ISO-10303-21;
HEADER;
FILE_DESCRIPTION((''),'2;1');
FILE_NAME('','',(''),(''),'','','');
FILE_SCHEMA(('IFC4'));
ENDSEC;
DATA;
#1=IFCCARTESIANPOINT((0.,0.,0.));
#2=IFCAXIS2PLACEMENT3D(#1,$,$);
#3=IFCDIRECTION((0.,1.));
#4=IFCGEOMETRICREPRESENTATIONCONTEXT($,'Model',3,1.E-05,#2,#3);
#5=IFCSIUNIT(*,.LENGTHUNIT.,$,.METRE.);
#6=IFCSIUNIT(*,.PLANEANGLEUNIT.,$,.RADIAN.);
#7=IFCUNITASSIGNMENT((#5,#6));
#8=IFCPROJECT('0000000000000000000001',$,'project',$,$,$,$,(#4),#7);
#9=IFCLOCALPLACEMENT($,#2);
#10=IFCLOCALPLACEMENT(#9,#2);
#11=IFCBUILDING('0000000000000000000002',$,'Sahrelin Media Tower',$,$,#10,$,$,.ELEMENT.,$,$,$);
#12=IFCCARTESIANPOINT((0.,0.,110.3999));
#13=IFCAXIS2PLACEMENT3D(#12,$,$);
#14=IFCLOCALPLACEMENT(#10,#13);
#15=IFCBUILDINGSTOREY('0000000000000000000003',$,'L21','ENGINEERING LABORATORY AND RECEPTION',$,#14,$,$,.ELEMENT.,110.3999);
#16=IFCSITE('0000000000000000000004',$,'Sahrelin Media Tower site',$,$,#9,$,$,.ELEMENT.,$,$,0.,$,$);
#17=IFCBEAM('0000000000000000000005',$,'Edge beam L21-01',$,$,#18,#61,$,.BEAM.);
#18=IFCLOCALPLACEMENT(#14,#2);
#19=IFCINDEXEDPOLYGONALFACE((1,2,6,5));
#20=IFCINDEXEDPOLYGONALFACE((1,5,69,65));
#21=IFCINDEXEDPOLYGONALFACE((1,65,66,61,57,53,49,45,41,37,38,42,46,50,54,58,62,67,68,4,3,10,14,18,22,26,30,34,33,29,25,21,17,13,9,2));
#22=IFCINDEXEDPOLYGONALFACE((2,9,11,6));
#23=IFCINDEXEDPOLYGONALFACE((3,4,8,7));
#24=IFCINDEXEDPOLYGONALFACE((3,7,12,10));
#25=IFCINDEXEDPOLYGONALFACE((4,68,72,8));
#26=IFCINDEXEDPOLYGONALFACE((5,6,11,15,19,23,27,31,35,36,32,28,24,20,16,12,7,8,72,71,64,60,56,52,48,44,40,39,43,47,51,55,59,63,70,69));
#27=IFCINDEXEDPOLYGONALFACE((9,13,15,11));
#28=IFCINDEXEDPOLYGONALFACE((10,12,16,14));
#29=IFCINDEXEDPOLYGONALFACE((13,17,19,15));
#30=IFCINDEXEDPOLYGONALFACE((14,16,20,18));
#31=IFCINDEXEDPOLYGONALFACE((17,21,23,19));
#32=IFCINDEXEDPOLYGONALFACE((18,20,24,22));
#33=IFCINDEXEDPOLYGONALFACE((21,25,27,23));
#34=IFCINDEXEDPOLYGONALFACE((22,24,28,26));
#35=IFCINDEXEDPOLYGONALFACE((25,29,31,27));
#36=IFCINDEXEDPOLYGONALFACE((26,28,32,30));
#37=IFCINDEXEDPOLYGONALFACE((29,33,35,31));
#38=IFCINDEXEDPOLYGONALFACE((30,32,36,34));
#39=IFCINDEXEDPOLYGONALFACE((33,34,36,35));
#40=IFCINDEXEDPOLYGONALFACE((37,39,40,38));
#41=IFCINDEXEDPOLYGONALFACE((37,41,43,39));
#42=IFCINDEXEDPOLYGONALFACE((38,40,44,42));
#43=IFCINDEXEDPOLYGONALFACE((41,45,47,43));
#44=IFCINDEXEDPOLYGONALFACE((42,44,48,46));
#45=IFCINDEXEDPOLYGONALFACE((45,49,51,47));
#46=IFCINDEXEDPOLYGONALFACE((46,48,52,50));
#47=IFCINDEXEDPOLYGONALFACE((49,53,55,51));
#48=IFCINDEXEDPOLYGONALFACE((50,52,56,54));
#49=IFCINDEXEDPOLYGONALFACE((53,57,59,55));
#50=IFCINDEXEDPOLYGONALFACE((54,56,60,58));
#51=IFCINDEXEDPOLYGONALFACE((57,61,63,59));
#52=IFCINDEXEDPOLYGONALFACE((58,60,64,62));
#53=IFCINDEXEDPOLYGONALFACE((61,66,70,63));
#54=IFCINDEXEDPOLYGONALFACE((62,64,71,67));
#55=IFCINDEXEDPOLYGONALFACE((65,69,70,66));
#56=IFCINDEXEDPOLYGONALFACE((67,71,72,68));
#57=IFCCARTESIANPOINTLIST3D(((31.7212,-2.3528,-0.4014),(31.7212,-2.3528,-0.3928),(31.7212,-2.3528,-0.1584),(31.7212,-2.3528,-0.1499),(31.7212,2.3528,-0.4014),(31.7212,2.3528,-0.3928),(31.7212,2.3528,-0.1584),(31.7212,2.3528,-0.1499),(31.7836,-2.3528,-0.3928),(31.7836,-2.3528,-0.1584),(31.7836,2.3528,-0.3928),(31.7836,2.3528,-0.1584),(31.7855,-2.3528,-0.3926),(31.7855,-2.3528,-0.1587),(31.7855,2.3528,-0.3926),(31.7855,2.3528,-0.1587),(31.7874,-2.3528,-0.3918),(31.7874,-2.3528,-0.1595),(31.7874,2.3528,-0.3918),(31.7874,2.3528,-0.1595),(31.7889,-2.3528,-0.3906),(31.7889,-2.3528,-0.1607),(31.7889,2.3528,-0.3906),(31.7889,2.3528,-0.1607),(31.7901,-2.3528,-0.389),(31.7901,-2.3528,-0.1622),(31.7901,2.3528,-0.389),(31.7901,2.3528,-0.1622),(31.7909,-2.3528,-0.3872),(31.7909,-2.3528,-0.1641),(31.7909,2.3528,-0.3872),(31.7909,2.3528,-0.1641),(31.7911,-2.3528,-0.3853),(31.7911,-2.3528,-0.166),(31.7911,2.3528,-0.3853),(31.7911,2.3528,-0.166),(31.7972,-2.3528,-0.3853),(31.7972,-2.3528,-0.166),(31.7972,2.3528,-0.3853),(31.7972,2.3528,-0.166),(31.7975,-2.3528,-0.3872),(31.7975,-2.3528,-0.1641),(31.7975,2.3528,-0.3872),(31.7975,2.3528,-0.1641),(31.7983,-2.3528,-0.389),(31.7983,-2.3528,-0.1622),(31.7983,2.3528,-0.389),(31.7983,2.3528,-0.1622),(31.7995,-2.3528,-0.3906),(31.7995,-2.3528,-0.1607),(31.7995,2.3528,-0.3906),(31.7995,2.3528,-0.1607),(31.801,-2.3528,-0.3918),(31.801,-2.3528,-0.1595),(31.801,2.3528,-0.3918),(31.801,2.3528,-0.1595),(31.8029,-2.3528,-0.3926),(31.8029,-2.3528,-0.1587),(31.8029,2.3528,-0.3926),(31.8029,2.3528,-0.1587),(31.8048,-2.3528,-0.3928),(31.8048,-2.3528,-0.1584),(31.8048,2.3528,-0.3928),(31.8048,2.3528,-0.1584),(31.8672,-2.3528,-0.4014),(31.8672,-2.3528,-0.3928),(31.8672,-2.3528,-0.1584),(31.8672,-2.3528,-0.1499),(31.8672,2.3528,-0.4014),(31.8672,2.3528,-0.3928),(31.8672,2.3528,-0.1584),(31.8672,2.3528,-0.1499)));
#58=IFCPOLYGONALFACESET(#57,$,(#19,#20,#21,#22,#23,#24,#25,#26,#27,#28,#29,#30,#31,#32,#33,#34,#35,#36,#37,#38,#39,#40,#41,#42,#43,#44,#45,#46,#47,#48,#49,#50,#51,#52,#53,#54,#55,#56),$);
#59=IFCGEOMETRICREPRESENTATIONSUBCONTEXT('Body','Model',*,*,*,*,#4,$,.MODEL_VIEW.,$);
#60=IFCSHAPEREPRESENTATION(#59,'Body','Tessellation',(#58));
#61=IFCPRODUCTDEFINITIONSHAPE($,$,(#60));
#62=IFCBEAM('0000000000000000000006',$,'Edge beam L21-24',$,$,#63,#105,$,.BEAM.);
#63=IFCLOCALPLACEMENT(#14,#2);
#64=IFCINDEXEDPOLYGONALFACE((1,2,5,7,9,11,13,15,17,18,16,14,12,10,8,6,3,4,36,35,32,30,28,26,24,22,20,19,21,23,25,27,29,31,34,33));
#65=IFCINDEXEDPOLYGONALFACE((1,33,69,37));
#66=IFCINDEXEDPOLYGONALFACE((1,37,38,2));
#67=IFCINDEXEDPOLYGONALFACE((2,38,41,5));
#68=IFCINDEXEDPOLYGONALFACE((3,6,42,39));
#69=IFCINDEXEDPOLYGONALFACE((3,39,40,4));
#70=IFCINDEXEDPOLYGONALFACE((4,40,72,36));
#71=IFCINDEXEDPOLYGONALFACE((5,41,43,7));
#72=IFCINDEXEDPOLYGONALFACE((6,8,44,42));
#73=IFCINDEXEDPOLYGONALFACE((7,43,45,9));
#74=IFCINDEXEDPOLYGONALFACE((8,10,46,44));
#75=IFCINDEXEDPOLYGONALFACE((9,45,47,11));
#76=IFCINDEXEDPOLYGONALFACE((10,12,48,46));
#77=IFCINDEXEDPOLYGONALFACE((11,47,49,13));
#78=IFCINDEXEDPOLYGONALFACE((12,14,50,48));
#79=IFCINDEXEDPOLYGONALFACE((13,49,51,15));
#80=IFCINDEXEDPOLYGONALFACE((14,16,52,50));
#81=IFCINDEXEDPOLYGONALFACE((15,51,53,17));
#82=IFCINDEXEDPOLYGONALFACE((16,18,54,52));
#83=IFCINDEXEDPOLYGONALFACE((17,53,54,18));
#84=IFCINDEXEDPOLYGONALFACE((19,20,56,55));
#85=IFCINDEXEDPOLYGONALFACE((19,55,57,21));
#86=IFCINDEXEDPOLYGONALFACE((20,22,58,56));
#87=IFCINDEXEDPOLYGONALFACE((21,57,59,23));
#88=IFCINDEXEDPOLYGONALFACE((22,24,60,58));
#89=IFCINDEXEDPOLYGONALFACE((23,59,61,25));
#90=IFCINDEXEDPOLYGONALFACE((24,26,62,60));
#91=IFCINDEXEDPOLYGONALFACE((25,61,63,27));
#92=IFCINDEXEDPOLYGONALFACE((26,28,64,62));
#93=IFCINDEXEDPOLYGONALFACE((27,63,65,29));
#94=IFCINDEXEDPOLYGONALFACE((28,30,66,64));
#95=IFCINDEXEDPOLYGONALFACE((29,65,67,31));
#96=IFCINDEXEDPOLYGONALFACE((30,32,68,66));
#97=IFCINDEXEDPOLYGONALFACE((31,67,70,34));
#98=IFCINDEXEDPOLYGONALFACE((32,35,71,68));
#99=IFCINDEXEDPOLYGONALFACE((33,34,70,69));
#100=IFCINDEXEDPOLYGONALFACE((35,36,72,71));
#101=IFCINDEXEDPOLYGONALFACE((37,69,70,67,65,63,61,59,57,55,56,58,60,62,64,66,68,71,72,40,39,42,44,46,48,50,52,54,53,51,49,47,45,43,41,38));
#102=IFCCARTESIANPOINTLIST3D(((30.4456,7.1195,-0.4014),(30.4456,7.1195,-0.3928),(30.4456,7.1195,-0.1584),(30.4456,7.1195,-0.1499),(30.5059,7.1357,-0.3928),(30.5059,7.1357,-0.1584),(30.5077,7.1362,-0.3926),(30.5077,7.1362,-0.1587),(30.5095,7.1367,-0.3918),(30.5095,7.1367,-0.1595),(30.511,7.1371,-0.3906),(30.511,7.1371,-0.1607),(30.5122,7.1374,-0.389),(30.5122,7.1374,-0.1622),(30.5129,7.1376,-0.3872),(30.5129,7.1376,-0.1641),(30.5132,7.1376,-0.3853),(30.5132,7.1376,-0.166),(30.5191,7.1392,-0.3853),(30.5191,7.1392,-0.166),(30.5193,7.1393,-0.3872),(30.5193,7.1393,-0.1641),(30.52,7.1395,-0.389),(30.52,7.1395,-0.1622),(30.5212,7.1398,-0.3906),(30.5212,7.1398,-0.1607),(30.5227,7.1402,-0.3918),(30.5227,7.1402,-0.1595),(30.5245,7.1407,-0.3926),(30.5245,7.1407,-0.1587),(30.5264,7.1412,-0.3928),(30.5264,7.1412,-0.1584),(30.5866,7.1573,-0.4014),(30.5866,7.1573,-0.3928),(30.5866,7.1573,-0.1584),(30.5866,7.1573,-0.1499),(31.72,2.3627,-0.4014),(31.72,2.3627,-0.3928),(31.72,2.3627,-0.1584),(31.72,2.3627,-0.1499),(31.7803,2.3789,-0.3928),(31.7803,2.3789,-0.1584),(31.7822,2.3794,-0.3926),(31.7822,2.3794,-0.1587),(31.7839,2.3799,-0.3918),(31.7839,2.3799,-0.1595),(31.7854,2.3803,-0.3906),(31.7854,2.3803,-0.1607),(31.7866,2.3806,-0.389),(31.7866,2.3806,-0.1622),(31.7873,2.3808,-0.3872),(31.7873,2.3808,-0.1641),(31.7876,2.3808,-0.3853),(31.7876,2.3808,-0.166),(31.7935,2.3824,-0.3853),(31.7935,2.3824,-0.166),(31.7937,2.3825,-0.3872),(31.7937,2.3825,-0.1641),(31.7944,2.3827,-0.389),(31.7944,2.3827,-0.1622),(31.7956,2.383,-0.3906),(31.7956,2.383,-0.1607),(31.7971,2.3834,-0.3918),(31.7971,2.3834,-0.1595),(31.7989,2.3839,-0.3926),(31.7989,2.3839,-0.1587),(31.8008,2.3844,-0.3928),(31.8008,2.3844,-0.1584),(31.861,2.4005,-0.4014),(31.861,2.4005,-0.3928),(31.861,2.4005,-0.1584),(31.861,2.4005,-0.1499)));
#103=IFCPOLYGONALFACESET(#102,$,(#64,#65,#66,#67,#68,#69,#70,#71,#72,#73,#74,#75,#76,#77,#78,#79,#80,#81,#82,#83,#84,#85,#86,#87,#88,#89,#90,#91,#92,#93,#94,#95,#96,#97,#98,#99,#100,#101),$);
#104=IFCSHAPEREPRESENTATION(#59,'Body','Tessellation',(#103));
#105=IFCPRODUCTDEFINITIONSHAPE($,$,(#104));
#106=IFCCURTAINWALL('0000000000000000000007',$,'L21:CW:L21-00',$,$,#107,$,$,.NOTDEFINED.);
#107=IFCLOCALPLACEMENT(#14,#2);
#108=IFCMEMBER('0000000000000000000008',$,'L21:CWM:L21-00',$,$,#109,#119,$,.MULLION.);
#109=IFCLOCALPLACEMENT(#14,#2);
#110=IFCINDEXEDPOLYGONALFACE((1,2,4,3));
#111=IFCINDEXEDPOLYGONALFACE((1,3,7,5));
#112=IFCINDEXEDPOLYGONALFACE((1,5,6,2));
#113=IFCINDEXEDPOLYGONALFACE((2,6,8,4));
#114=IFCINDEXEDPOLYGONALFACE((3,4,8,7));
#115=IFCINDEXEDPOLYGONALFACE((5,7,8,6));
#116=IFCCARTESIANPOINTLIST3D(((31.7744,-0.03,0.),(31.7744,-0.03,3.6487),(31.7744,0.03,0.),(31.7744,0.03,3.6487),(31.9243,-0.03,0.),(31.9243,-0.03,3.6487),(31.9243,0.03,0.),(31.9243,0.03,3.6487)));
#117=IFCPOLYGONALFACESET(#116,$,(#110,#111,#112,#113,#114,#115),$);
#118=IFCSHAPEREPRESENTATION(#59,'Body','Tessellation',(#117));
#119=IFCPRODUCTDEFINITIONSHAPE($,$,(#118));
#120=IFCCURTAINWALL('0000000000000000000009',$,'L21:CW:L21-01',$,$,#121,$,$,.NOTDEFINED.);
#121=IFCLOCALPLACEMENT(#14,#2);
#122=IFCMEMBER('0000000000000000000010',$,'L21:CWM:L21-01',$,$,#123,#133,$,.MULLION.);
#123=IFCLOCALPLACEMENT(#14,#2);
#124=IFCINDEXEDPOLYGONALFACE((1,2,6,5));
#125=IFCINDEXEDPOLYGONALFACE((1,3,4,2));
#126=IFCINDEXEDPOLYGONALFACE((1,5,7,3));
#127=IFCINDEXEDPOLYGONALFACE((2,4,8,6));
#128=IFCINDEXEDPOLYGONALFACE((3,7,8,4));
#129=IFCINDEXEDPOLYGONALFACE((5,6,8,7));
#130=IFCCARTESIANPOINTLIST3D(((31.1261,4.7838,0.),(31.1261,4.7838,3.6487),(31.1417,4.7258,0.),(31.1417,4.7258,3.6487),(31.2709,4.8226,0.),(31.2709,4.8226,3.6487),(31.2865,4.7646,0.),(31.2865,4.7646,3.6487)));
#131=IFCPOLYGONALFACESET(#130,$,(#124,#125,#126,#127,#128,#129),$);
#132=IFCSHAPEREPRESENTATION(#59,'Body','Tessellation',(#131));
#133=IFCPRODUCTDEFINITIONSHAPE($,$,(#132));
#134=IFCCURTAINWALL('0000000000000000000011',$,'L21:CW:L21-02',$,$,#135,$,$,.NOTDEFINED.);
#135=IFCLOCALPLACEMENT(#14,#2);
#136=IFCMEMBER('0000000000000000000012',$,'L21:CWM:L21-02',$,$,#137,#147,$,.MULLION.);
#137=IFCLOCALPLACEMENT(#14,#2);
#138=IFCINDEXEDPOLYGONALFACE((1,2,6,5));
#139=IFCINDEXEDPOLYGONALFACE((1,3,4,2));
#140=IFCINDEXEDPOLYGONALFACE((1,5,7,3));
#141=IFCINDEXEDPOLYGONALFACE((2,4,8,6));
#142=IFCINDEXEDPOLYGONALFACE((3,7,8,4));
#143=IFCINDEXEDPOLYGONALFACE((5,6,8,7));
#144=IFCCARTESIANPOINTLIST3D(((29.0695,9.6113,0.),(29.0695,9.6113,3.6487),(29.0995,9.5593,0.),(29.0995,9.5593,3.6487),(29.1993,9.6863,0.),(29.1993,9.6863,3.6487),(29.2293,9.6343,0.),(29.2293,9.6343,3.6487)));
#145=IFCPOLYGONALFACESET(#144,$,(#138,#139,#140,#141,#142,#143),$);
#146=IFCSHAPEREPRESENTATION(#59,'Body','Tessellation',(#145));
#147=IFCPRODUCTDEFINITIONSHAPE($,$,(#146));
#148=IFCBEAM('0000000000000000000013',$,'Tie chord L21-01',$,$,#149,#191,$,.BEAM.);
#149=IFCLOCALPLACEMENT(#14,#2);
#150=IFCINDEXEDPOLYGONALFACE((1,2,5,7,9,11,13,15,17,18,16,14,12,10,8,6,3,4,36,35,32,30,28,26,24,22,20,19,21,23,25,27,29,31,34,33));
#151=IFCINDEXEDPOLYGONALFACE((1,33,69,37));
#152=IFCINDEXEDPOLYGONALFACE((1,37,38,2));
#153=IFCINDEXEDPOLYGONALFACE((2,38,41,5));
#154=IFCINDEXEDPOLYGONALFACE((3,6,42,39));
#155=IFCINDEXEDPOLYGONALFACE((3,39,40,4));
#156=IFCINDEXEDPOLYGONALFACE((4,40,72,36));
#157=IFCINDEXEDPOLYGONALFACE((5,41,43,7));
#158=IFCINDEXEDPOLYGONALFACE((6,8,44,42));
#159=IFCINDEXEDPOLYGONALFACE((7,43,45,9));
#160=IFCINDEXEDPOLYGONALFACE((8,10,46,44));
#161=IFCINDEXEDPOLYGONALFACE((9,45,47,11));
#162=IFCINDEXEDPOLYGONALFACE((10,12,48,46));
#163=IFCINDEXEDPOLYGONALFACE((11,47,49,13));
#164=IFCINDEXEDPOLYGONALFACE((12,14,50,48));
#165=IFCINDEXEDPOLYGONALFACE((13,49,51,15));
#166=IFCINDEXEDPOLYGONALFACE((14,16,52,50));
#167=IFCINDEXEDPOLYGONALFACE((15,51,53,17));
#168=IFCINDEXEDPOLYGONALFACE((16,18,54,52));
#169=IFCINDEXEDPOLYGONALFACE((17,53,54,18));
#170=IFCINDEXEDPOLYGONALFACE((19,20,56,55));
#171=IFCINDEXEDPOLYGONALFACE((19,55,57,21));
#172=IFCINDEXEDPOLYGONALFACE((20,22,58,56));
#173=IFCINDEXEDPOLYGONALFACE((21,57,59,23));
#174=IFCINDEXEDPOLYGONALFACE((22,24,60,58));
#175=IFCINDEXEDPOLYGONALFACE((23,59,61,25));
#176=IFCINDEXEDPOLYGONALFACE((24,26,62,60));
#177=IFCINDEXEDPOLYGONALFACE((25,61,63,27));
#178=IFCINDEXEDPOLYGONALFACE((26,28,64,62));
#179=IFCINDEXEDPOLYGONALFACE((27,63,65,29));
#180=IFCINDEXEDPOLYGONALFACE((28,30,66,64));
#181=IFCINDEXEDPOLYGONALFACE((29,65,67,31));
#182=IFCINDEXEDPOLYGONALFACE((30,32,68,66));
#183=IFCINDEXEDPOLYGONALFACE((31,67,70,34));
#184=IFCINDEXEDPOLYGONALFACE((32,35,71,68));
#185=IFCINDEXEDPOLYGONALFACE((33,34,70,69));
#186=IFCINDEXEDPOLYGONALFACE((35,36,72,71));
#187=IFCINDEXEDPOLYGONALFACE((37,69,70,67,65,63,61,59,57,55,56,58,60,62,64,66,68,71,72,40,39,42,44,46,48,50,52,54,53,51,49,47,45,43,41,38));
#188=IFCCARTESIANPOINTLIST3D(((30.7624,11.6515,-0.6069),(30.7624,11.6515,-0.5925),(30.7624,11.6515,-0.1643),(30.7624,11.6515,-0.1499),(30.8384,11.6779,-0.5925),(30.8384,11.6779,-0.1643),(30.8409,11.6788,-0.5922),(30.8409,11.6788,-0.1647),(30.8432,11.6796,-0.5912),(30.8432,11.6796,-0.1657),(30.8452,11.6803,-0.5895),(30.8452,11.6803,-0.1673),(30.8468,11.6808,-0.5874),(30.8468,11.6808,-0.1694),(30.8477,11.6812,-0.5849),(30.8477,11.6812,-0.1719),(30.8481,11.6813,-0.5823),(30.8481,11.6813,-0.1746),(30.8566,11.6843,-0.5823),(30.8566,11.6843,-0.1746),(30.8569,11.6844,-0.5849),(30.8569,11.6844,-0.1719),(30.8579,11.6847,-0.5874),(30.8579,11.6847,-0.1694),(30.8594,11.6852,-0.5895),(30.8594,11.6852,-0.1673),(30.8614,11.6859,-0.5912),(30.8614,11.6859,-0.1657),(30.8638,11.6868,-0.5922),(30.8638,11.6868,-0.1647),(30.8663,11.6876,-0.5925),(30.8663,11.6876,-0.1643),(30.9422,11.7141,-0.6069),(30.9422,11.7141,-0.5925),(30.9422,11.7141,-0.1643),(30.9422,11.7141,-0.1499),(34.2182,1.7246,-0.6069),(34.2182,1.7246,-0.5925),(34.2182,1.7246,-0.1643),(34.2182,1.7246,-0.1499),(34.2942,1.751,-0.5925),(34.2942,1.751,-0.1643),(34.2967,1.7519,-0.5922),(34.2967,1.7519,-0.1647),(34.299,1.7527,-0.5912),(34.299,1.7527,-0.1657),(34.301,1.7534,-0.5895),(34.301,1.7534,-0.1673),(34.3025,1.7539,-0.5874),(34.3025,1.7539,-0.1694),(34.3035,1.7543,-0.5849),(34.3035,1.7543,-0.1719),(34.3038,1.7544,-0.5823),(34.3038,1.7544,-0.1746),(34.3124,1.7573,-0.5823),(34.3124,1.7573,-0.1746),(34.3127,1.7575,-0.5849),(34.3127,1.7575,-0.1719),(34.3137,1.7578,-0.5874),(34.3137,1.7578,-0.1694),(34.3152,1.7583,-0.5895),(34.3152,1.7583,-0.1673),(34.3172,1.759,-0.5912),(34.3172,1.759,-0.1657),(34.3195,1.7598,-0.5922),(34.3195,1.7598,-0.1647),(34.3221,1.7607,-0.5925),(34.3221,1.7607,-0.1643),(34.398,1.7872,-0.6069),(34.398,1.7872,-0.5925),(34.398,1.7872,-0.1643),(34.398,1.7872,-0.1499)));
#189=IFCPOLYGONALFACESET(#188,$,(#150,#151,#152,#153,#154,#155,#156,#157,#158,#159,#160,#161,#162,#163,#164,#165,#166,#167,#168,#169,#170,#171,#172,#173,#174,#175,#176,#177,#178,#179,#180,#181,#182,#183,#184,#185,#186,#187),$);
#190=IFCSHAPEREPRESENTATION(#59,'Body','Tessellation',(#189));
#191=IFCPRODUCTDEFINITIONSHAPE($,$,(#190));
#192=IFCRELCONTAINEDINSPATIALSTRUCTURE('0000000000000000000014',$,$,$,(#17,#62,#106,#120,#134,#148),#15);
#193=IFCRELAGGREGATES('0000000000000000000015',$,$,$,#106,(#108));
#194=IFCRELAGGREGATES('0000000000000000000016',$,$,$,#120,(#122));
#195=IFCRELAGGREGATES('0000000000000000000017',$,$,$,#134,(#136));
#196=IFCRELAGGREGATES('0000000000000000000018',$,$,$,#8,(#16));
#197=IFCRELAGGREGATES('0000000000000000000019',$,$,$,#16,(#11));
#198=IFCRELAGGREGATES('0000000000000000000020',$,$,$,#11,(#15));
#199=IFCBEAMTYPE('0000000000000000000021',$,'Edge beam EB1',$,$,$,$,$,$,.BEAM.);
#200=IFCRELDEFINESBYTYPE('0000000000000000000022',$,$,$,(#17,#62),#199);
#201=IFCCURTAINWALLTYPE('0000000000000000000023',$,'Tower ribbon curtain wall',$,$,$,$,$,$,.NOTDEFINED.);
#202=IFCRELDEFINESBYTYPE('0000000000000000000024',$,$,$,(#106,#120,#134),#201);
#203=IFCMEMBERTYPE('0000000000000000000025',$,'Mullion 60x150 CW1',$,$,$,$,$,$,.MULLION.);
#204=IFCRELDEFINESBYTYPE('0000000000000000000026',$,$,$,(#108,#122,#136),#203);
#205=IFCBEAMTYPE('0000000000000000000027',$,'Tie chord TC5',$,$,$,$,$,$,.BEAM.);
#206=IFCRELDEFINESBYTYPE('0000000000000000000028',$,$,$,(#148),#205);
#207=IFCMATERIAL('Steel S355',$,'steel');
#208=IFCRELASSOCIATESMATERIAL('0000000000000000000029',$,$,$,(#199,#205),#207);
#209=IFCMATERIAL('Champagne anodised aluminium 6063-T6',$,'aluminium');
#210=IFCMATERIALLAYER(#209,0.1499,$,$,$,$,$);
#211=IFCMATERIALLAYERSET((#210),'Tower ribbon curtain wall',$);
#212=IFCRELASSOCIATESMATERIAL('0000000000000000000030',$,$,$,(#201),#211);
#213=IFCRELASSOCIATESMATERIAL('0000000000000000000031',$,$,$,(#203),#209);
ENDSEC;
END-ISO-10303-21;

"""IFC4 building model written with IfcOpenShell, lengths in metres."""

from ifc_helpers import new_model, si_unit, direction, frame, origin, origin_2d, place, context, subcontext, project, spatial, rectangle, i_section, extrude, material, layer, layer_set, material_profile, profile_set, type_object, element, aggregate, save


model = new_model("IFC4")

# Units and contexts
model_context = context("Model", 3, precision=1e-05, world=origin(), true_north=direction((0.0, 1.0)))
body_context = subcontext(model_context, "Body", "Model", "MODEL_VIEW")
ifc_project = project(units=[si_unit("LENGTHUNIT", "METRE"), si_unit("PLANEANGLEUNIT", "RADIAN")], contexts=[model_context])

# Site, building, storey
site_placement = place(None, origin())
site = spatial("IfcSite", under=ifc_project, at=site_placement, Name="Sahrelin Media Tower site", CompositionType="ELEMENT", RefElevation=0.0)
building_placement = place(site_placement, origin())
building = spatial("IfcBuilding", under=site, at=building_placement, Name="Sahrelin Media Tower", CompositionType="ELEMENT")
storey_placement = place(building_placement, frame((0.0, 0.0, 110.3999)))
storey = spatial("IfcBuildingStorey", under=building, at=storey_placement, Name="L21", Description="ENGINEERING LABORATORY AND RECEPTION", CompositionType="ELEMENT", Elevation=110.3999)

# Beams
ifc_material_1 = material(Name="Steel S355", Category="steel")
ifc_material_profile_1 = material_profile(ifc_material_1, i_section(OverallWidth=0.146, OverallDepth=0.2515, WebThickness=0.0061, FlangeThickness=0.0085, FilletRadius=0.0076, at=origin_2d()), Name="UB 254x146x31")
ifc_profile_set_1 = profile_set([ifc_material_profile_1], Name="Steel S355")
beam_type_1 = type_object("IfcBeamType", Name="Edge beam EB1", PredefinedType="BEAM", material=ifc_profile_set_1)
beam_1_placement = place(storey_placement, frame((31.7942, 2.3528, -0.2756), z_axis=(0.0, -1.0, 0.0), x_axis=(1.0, 0.0, 0.0)))
element("IfcBeam", 1, at=beam_1_placement, inside=storey, type_object=beam_type_1, Name="Edge beam L21-01", PredefinedType="BEAM", context=body_context, shape_type="SweptSolid", body=[
    extrude(i_section(OverallWidth=0.146, OverallDepth=0.2515, WebThickness=0.0061, FlangeThickness=0.0085, FilletRadius=0.0076, at=origin_2d()), origin(), (0.0, 0.0, 1.0), 4.7056),
])
beam_2_placement = place(storey_placement, frame((30.5161, 7.1384, -0.2756), z_axis=(0.258786, -0.965935, 0.0), x_axis=(0.965935, 0.258786, 0.0)))
element("IfcBeam", 2, at=beam_2_placement, inside=storey, type_object=beam_type_1, Name="Edge beam L21-24", PredefinedType="BEAM", context=body_context, shape_type="SweptSolid", body=[
    extrude(i_section(OverallWidth=0.146, OverallDepth=0.2515, WebThickness=0.0061, FlangeThickness=0.0085, FilletRadius=0.0076, at=origin_2d()), origin(), (0.0, 0.0, 1.0), 4.9246),
])

# Curtain walls, members
ifc_material_2 = material(Name="Champagne anodised aluminium 6063-T6", Category="aluminium")
ifc_layer_1 = layer(ifc_material_2, 0.1499)
ifc_layer_set_1 = layer_set([ifc_layer_1], Name="Tower ribbon curtain wall")
curtain_wall_type = type_object("IfcCurtainWallType", Name="Tower ribbon curtain wall", PredefinedType="NOTDEFINED", material=ifc_layer_set_1)
curtain_wall_1_placement = place(storey_placement, frame((31.9443, 0.0, 0.0), z_axis=(0.0, 0.0, 1.0), x_axis=(1.0, 0.0, 0.0)))
curtain_wall_1 = element("IfcCurtainWall", 3, at=curtain_wall_1_placement, inside=storey, type_object=curtain_wall_type, Name="L21:CW:L21-00", PredefinedType="NOTDEFINED")
ifc_material_profile_2 = material_profile(ifc_material_2, rectangle(XDim=0.0601, YDim=0.1499, at=origin_2d()), Name="Mullion 60x150")
ifc_profile_set_2 = profile_set([ifc_material_profile_2], Name="Champagne anodised aluminium 6063-T6")
member_type_1 = type_object("IfcMemberType", Name="Mullion 60x150 CW1", PredefinedType="MULLION", material=ifc_profile_set_2)
member_1_placement = place(storey_placement, frame((31.8494, 0.0, 0.0), z_axis=(0.0, 0.0, 1.0), x_axis=(0.0, 1.0, 0.0)))
member_1 = element("IfcMember", 4, at=member_1_placement, type_object=member_type_1, Name="L21:CWM:L21-00", PredefinedType="MULLION", context=body_context, shape_type="SweptSolid", body=[
    extrude(rectangle(XDim=0.0601, YDim=0.1499, at=origin_2d()), origin(), (0.0, 0.0, 1.0), 3.6487),
])
aggregate(curtain_wall_1, [member_1])
curtain_wall_2_placement = place(storey_placement, frame((31.2981, 4.7988, 0.0), z_axis=(0.0, 0.0, 1.0), x_axis=(1.0, 0.0, 0.0)))
curtain_wall_2 = element("IfcCurtainWall", 5, at=curtain_wall_2_placement, inside=storey, type_object=curtain_wall_type, Name="L21:CW:L21-01", PredefinedType="NOTDEFINED")
member_2_placement = place(storey_placement, frame((31.2063, 4.7742, 0.0), z_axis=(0.0, 0.0, 1.0), x_axis=(-0.258811, 0.965928, 0.0)))
member_2 = element("IfcMember", 6, at=member_2_placement, type_object=member_type_1, Name="L21:CWM:L21-01", PredefinedType="MULLION", context=body_context, shape_type="SweptSolid", body=[
    extrude(rectangle(XDim=0.0601, YDim=0.1499, at=origin_2d()), origin(), (0.0, 0.0, 1.0), 3.6487),
])
curtain_wall_3_placement = place(storey_placement, frame((29.2317, 9.6704, 0.0), z_axis=(0.0, 0.0, 1.0), x_axis=(1.0, 0.0, 0.0)))
curtain_wall_3 = element("IfcCurtainWall", 7, at=curtain_wall_3_placement, inside=storey, type_object=curtain_wall_type, Name="L21:CW:L21-02", PredefinedType="NOTDEFINED")
member_3_placement = place(storey_placement, frame((29.1494, 9.6228, 0.0), z_axis=(0.0, 0.0, 1.0), x_axis=(-0.500005, 0.866023, 0.0)))
member_3 = element("IfcMember", 8, at=member_3_placement, type_object=member_type_1, Name="L21:CWM:L21-02", PredefinedType="MULLION", context=body_context, shape_type="SweptSolid", body=[
    extrude(rectangle(XDim=0.0601, YDim=0.1499, at=origin_2d()), origin(), (0.0, 0.0, 1.0), 3.6487),
])

# Beam
ifc_material_profile_3 = material_profile(ifc_material_1, i_section(OverallWidth=0.1904, OverallDepth=0.457, WebThickness=0.009, FlangeThickness=0.0144, FilletRadius=0.0103, at=origin_2d()), Name="UB 457x191x74")
ifc_profile_set_3 = profile_set([ifc_material_profile_3], Name="Steel S355")
beam_type_2 = type_object("IfcBeamType", Name="Tie chord TC5", PredefinedType="BEAM", material=ifc_profile_set_3)
beam_3_placement = place(storey_placement, frame((34.3081, 1.7559, -0.3784), z_axis=(-0.32877, 0.94441, 0.0), x_axis=(-0.94441, -0.32877, 0.0)))
element("IfcBeam", 9, at=beam_3_placement, inside=storey, type_object=beam_type_2, Name="Tie chord L21-01", PredefinedType="BEAM", context=body_context, shape_type="SweptSolid", body=[
    extrude(i_section(OverallWidth=0.1904, OverallDepth=0.457, WebThickness=0.009, FlangeThickness=0.0144, FilletRadius=0.0103, at=origin_2d()), origin(), (0.0, 0.0, 1.0), 10.5112),
])

aggregate(curtain_wall_2, [member_2])
aggregate(curtain_wall_3, [member_3])

save(model, "model.ifc")
